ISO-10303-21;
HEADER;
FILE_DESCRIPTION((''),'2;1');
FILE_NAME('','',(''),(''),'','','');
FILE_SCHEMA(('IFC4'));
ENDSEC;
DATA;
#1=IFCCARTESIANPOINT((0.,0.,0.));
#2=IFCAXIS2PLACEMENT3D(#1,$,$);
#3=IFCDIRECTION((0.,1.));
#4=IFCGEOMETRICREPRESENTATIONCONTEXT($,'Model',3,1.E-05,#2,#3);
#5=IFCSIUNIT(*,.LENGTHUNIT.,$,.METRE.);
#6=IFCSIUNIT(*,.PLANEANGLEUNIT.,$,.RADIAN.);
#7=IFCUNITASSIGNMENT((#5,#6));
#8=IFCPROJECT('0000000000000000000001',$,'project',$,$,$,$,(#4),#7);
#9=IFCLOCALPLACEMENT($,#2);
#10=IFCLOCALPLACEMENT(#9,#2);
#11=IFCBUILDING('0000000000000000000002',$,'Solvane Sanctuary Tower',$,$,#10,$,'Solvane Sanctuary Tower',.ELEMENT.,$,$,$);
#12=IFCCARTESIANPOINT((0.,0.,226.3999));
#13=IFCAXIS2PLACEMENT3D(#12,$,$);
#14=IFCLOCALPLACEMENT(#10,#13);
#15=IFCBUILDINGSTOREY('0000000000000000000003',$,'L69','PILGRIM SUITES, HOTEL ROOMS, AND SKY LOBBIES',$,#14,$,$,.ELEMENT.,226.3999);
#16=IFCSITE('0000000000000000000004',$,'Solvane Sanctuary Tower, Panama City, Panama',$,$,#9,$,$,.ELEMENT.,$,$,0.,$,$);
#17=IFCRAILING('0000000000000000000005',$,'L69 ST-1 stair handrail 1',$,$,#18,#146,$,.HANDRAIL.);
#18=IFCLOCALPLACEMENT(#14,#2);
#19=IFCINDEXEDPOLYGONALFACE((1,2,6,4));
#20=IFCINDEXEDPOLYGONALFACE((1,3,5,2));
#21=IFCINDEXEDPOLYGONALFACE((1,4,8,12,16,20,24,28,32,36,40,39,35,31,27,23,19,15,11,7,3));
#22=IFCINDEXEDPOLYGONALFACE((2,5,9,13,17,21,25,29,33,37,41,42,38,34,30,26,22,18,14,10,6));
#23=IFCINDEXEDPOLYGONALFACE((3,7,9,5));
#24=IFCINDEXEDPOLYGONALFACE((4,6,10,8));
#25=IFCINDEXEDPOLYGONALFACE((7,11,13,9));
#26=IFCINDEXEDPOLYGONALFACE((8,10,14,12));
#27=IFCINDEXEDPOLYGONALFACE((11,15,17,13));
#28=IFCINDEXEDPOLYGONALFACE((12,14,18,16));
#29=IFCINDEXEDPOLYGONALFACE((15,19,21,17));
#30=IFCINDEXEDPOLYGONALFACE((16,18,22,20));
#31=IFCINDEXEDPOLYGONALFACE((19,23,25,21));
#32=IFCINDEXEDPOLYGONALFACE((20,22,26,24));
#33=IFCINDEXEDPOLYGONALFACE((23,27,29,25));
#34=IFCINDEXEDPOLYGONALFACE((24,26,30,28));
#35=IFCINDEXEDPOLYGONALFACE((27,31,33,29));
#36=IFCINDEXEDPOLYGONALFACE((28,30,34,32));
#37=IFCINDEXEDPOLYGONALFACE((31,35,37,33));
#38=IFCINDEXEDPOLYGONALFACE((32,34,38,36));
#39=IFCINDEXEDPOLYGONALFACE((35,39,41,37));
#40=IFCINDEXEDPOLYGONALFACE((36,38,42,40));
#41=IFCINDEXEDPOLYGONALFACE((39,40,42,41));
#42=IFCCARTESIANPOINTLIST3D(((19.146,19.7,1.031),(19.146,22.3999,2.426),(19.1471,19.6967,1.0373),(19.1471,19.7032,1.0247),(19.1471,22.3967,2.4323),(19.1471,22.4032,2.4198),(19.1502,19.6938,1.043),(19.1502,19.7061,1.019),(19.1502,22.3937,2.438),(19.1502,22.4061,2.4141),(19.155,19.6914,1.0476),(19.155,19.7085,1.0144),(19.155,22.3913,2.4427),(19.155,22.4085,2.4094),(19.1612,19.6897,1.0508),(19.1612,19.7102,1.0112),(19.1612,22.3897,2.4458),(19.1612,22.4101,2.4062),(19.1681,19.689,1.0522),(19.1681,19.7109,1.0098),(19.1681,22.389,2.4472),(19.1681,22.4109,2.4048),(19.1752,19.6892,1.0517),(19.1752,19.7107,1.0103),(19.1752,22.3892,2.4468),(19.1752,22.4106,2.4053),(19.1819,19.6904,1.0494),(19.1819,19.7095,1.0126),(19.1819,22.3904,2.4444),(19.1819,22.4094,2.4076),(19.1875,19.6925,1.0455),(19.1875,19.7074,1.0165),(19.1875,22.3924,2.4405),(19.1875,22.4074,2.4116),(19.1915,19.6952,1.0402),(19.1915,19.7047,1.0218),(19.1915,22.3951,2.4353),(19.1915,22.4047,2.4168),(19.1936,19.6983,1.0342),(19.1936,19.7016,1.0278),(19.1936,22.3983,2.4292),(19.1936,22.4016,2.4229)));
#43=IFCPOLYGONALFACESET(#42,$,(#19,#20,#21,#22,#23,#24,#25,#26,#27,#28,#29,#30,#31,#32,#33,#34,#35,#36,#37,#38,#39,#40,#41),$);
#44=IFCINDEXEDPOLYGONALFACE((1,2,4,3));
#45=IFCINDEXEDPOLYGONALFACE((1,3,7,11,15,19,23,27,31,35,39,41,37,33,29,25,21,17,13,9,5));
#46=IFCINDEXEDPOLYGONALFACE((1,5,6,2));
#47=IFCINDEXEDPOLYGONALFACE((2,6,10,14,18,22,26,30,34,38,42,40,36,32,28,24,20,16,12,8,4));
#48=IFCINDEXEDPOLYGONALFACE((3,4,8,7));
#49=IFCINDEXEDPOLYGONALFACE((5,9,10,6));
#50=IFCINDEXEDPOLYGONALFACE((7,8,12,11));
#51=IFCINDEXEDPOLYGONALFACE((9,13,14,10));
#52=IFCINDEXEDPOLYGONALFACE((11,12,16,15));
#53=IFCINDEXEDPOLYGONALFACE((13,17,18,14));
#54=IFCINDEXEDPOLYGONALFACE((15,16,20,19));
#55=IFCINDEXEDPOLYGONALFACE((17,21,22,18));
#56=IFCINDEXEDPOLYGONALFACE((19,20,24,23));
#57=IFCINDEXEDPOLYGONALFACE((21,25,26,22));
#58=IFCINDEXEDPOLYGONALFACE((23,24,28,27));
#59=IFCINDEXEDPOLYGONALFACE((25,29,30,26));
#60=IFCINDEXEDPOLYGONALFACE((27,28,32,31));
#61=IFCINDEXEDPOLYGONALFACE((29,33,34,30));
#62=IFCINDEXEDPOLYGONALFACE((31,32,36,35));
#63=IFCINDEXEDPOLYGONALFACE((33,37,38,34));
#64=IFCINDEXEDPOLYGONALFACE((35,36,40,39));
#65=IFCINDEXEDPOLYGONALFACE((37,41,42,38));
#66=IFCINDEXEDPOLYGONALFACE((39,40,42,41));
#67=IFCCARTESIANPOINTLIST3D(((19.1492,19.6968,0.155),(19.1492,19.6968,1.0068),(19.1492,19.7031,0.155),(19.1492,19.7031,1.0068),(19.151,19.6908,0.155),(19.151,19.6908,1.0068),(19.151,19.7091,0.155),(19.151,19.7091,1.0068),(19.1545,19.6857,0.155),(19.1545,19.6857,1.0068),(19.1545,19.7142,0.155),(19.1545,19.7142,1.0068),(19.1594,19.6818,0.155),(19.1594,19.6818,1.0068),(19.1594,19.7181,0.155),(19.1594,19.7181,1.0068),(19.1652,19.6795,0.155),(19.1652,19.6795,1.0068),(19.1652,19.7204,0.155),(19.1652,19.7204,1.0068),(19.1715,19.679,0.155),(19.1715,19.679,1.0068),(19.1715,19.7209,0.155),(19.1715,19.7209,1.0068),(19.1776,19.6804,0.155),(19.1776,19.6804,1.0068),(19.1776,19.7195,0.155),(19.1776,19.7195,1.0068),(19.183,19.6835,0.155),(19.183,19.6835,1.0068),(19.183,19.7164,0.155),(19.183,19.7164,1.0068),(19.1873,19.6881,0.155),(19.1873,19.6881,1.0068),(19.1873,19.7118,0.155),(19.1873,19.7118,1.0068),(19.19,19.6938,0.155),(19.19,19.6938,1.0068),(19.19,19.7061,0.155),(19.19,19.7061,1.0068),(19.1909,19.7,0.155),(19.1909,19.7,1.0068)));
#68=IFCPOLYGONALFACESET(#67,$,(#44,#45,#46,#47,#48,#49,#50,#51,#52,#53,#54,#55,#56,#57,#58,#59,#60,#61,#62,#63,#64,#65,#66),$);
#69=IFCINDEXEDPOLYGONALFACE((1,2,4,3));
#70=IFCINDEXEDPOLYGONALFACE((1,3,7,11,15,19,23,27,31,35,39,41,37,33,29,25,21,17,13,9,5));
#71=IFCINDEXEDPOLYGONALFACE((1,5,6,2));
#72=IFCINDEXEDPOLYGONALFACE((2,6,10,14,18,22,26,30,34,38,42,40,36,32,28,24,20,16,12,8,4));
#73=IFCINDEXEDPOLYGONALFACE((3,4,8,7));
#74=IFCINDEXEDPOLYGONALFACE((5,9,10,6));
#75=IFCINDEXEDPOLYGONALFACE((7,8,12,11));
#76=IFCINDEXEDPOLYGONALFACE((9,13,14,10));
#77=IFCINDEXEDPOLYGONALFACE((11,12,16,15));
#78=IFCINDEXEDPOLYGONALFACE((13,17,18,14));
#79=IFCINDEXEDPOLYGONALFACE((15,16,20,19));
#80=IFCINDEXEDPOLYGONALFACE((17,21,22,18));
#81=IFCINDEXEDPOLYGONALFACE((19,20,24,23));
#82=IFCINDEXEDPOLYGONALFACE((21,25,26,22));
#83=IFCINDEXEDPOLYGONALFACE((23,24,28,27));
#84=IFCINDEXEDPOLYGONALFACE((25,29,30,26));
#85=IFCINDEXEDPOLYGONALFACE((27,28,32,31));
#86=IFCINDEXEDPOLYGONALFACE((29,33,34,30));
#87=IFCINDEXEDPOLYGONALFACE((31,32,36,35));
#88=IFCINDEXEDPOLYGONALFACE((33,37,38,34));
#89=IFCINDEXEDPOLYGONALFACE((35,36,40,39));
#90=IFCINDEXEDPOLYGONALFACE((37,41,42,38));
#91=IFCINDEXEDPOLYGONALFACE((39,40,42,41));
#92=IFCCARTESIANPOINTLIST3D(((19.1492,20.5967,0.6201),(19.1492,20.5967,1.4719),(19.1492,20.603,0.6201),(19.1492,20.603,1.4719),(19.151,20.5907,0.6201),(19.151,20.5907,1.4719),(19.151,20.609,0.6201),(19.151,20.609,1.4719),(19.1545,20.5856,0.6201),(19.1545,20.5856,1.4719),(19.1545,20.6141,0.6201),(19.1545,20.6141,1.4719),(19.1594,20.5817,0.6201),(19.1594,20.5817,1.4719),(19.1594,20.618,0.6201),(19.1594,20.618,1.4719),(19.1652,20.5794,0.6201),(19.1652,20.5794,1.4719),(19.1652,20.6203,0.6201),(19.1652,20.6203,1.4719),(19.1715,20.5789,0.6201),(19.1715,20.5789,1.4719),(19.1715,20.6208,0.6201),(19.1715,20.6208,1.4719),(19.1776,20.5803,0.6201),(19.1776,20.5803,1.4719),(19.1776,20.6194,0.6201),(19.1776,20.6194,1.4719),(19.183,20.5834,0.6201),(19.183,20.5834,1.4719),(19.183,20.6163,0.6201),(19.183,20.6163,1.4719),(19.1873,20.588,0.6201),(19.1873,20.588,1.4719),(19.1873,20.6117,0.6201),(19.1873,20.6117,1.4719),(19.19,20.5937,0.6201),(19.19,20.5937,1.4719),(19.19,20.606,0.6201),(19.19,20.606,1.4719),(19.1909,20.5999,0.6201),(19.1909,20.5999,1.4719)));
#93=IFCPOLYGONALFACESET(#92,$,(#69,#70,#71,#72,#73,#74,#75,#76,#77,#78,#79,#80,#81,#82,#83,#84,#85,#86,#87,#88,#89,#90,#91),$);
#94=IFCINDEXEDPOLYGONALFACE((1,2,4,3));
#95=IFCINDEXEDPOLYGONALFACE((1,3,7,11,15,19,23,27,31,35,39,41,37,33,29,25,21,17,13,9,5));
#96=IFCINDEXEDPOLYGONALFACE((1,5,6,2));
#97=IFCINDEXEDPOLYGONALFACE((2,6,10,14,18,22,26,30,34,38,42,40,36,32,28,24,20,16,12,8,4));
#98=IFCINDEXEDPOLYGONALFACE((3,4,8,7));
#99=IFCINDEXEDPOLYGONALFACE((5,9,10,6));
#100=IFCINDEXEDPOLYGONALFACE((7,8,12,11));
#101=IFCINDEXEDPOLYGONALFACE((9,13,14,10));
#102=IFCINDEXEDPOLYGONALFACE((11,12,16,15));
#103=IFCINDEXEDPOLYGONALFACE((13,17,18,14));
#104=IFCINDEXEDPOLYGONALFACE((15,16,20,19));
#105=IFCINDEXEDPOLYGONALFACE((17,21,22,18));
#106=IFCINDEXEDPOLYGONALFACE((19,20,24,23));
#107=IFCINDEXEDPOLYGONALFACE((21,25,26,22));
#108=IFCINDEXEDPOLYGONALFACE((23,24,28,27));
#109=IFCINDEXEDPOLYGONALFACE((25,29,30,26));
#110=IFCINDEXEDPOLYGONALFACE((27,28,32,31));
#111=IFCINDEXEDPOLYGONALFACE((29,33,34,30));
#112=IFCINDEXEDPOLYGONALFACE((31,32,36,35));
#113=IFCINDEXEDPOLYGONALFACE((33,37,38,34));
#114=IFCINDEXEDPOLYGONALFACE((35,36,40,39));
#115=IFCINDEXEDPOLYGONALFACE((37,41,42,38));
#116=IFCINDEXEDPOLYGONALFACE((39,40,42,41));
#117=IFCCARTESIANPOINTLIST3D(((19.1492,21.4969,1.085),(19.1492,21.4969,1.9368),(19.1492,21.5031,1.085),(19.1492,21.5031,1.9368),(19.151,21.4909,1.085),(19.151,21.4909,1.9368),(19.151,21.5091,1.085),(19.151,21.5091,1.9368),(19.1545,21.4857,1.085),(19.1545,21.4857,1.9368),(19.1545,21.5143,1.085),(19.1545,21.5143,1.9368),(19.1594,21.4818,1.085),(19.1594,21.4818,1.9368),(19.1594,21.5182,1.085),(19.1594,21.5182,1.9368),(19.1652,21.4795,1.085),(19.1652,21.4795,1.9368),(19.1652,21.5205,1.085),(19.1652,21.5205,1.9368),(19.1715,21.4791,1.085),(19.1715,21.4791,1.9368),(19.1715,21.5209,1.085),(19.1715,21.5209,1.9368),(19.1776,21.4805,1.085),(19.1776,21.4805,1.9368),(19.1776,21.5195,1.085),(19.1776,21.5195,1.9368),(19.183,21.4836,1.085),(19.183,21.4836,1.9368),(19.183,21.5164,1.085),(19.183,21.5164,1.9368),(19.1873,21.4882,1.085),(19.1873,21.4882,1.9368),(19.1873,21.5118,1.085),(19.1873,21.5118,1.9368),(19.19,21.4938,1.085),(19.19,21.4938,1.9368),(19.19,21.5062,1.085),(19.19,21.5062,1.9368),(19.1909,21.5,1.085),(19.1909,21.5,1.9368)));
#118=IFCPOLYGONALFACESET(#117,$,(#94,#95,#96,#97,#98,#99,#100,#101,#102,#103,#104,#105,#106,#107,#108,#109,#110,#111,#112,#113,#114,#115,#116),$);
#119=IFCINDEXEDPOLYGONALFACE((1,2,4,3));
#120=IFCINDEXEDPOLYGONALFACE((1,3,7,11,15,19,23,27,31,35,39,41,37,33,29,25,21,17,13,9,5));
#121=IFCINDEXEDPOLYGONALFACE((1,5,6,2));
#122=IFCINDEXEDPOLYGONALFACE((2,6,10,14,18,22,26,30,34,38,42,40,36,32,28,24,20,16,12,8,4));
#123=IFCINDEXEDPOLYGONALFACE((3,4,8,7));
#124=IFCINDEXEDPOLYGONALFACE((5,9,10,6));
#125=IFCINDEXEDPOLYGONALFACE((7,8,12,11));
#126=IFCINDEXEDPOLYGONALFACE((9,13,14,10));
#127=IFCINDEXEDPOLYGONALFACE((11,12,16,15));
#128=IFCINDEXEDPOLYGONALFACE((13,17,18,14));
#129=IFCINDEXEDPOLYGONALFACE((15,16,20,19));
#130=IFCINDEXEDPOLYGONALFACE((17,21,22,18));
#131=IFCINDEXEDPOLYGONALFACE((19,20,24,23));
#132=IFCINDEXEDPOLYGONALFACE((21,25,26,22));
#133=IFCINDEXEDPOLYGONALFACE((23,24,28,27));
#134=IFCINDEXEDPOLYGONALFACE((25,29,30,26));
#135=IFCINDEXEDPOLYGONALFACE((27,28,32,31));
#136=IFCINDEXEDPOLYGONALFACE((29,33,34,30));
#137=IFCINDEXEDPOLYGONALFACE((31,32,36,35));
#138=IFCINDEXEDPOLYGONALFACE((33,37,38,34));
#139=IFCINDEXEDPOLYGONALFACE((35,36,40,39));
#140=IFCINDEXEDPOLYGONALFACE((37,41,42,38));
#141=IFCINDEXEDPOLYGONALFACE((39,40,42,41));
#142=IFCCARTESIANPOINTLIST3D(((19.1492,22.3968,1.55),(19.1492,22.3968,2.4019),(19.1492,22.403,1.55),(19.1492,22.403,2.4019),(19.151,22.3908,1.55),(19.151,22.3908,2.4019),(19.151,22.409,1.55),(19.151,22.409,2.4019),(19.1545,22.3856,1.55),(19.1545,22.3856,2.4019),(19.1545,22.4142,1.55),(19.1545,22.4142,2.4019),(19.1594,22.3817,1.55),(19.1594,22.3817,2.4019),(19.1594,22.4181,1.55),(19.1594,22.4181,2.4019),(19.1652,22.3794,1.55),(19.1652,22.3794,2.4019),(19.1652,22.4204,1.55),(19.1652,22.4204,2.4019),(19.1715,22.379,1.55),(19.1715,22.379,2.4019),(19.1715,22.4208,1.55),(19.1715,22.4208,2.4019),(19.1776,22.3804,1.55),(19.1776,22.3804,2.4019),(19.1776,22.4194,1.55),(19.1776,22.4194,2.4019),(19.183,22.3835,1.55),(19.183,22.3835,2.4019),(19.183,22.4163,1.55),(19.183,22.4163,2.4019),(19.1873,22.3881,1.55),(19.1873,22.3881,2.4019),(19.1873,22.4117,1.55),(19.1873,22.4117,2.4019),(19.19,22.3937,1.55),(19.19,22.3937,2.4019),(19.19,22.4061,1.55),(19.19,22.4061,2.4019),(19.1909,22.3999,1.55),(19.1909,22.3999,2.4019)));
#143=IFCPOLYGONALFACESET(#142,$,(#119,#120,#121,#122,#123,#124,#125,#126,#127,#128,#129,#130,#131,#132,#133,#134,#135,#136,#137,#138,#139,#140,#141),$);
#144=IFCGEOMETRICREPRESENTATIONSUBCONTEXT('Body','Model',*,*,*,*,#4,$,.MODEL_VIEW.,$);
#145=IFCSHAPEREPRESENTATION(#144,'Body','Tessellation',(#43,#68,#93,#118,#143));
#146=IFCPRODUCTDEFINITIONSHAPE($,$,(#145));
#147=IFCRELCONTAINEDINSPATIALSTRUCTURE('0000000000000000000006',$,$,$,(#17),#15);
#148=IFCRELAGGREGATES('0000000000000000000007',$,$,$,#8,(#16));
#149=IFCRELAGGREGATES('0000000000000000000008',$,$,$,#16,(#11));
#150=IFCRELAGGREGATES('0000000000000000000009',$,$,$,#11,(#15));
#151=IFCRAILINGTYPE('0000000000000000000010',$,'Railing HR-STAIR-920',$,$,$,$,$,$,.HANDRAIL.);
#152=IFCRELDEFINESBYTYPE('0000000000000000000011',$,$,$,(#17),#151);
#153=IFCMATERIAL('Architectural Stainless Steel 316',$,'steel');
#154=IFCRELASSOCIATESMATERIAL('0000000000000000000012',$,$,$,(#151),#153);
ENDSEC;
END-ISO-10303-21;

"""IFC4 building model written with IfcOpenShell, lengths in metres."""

from ifc_helpers import new_model, si_unit, direction, frame, origin, origin_2d, place, context, subcontext, project, spatial, circle, extrude, material, type_object, element, save


model = new_model("IFC4")

# Units and contexts
model_context = context("Model", 3, precision=1e-05, world=origin(), true_north=direction((0.0, 1.0)))
body_context = subcontext(model_context, "Body", "Model", "MODEL_VIEW")
ifc_project = project(units=[si_unit("LENGTHUNIT", "METRE"), si_unit("PLANEANGLEUNIT", "RADIAN")], contexts=[model_context])

# Site, building, storey
site_placement = place(None, origin())
site = spatial("IfcSite", under=ifc_project, at=site_placement, Name="Solvane Sanctuary Tower, Panama City, Panama", CompositionType="ELEMENT", RefElevation=0.0)
building_placement = place(site_placement, origin())
building = spatial("IfcBuilding", under=site, at=building_placement, Name="Solvane Sanctuary Tower", LongName="Solvane Sanctuary Tower", CompositionType="ELEMENT")
storey_placement = place(building_placement, frame((0.0, 0.0, 226.3999)))
storey = spatial("IfcBuildingStorey", under=building, at=storey_placement, Name="L69", Description="PILGRIM SUITES, HOTEL ROOMS, AND SKY LOBBIES", CompositionType="ELEMENT", Elevation=226.3999)

# Shared definitions
ifc_material_1 = material(Name="Architectural Stainless Steel 316", Category="steel")

# Railing
railing_type_1 = type_object("IfcRailingType", Name="Railing HR-STAIR-920", PredefinedType="HANDRAIL", material=ifc_material_1)
railing_1_placement = place(storey_placement, frame((19.1699, 19.7, 0.155)))
element("IfcRailing", 1, at=railing_1_placement, inside=storey, type_object=railing_type_1, Name="L69 ST-1 stair handrail 1", PredefinedType="HANDRAIL", context=body_context, shape_type="SweptSolid", body=[
    extrude(circle(Radius=0.0239, at=origin_2d()), frame((0.0, 0.0, 0.876), z_axis=(0.0, 0.88842, 0.459032), x_axis=(-1.0, 0.0, 0.0)), (0.0, 0.0, 1.0), 3.0391),
    extrude(circle(Radius=0.021, at=origin_2d()), origin(), (0.0, 0.0, 1.0), 0.8518),
    extrude(circle(Radius=0.021, at=origin_2d()), frame((0.0, 0.8999, 0.4651)), (0.0, 0.0, 1.0), 0.8518),
    extrude(circle(Radius=0.021, at=origin_2d()), frame((0.0, 1.8, 0.9299)), (0.0, 0.0, 1.0), 0.8518),
    extrude(circle(Radius=0.021, at=origin_2d()), frame((0.0, 2.7, 1.395)), (0.0, 0.0, 1.0), 0.8518),
])

save(model, "model.ifc")
